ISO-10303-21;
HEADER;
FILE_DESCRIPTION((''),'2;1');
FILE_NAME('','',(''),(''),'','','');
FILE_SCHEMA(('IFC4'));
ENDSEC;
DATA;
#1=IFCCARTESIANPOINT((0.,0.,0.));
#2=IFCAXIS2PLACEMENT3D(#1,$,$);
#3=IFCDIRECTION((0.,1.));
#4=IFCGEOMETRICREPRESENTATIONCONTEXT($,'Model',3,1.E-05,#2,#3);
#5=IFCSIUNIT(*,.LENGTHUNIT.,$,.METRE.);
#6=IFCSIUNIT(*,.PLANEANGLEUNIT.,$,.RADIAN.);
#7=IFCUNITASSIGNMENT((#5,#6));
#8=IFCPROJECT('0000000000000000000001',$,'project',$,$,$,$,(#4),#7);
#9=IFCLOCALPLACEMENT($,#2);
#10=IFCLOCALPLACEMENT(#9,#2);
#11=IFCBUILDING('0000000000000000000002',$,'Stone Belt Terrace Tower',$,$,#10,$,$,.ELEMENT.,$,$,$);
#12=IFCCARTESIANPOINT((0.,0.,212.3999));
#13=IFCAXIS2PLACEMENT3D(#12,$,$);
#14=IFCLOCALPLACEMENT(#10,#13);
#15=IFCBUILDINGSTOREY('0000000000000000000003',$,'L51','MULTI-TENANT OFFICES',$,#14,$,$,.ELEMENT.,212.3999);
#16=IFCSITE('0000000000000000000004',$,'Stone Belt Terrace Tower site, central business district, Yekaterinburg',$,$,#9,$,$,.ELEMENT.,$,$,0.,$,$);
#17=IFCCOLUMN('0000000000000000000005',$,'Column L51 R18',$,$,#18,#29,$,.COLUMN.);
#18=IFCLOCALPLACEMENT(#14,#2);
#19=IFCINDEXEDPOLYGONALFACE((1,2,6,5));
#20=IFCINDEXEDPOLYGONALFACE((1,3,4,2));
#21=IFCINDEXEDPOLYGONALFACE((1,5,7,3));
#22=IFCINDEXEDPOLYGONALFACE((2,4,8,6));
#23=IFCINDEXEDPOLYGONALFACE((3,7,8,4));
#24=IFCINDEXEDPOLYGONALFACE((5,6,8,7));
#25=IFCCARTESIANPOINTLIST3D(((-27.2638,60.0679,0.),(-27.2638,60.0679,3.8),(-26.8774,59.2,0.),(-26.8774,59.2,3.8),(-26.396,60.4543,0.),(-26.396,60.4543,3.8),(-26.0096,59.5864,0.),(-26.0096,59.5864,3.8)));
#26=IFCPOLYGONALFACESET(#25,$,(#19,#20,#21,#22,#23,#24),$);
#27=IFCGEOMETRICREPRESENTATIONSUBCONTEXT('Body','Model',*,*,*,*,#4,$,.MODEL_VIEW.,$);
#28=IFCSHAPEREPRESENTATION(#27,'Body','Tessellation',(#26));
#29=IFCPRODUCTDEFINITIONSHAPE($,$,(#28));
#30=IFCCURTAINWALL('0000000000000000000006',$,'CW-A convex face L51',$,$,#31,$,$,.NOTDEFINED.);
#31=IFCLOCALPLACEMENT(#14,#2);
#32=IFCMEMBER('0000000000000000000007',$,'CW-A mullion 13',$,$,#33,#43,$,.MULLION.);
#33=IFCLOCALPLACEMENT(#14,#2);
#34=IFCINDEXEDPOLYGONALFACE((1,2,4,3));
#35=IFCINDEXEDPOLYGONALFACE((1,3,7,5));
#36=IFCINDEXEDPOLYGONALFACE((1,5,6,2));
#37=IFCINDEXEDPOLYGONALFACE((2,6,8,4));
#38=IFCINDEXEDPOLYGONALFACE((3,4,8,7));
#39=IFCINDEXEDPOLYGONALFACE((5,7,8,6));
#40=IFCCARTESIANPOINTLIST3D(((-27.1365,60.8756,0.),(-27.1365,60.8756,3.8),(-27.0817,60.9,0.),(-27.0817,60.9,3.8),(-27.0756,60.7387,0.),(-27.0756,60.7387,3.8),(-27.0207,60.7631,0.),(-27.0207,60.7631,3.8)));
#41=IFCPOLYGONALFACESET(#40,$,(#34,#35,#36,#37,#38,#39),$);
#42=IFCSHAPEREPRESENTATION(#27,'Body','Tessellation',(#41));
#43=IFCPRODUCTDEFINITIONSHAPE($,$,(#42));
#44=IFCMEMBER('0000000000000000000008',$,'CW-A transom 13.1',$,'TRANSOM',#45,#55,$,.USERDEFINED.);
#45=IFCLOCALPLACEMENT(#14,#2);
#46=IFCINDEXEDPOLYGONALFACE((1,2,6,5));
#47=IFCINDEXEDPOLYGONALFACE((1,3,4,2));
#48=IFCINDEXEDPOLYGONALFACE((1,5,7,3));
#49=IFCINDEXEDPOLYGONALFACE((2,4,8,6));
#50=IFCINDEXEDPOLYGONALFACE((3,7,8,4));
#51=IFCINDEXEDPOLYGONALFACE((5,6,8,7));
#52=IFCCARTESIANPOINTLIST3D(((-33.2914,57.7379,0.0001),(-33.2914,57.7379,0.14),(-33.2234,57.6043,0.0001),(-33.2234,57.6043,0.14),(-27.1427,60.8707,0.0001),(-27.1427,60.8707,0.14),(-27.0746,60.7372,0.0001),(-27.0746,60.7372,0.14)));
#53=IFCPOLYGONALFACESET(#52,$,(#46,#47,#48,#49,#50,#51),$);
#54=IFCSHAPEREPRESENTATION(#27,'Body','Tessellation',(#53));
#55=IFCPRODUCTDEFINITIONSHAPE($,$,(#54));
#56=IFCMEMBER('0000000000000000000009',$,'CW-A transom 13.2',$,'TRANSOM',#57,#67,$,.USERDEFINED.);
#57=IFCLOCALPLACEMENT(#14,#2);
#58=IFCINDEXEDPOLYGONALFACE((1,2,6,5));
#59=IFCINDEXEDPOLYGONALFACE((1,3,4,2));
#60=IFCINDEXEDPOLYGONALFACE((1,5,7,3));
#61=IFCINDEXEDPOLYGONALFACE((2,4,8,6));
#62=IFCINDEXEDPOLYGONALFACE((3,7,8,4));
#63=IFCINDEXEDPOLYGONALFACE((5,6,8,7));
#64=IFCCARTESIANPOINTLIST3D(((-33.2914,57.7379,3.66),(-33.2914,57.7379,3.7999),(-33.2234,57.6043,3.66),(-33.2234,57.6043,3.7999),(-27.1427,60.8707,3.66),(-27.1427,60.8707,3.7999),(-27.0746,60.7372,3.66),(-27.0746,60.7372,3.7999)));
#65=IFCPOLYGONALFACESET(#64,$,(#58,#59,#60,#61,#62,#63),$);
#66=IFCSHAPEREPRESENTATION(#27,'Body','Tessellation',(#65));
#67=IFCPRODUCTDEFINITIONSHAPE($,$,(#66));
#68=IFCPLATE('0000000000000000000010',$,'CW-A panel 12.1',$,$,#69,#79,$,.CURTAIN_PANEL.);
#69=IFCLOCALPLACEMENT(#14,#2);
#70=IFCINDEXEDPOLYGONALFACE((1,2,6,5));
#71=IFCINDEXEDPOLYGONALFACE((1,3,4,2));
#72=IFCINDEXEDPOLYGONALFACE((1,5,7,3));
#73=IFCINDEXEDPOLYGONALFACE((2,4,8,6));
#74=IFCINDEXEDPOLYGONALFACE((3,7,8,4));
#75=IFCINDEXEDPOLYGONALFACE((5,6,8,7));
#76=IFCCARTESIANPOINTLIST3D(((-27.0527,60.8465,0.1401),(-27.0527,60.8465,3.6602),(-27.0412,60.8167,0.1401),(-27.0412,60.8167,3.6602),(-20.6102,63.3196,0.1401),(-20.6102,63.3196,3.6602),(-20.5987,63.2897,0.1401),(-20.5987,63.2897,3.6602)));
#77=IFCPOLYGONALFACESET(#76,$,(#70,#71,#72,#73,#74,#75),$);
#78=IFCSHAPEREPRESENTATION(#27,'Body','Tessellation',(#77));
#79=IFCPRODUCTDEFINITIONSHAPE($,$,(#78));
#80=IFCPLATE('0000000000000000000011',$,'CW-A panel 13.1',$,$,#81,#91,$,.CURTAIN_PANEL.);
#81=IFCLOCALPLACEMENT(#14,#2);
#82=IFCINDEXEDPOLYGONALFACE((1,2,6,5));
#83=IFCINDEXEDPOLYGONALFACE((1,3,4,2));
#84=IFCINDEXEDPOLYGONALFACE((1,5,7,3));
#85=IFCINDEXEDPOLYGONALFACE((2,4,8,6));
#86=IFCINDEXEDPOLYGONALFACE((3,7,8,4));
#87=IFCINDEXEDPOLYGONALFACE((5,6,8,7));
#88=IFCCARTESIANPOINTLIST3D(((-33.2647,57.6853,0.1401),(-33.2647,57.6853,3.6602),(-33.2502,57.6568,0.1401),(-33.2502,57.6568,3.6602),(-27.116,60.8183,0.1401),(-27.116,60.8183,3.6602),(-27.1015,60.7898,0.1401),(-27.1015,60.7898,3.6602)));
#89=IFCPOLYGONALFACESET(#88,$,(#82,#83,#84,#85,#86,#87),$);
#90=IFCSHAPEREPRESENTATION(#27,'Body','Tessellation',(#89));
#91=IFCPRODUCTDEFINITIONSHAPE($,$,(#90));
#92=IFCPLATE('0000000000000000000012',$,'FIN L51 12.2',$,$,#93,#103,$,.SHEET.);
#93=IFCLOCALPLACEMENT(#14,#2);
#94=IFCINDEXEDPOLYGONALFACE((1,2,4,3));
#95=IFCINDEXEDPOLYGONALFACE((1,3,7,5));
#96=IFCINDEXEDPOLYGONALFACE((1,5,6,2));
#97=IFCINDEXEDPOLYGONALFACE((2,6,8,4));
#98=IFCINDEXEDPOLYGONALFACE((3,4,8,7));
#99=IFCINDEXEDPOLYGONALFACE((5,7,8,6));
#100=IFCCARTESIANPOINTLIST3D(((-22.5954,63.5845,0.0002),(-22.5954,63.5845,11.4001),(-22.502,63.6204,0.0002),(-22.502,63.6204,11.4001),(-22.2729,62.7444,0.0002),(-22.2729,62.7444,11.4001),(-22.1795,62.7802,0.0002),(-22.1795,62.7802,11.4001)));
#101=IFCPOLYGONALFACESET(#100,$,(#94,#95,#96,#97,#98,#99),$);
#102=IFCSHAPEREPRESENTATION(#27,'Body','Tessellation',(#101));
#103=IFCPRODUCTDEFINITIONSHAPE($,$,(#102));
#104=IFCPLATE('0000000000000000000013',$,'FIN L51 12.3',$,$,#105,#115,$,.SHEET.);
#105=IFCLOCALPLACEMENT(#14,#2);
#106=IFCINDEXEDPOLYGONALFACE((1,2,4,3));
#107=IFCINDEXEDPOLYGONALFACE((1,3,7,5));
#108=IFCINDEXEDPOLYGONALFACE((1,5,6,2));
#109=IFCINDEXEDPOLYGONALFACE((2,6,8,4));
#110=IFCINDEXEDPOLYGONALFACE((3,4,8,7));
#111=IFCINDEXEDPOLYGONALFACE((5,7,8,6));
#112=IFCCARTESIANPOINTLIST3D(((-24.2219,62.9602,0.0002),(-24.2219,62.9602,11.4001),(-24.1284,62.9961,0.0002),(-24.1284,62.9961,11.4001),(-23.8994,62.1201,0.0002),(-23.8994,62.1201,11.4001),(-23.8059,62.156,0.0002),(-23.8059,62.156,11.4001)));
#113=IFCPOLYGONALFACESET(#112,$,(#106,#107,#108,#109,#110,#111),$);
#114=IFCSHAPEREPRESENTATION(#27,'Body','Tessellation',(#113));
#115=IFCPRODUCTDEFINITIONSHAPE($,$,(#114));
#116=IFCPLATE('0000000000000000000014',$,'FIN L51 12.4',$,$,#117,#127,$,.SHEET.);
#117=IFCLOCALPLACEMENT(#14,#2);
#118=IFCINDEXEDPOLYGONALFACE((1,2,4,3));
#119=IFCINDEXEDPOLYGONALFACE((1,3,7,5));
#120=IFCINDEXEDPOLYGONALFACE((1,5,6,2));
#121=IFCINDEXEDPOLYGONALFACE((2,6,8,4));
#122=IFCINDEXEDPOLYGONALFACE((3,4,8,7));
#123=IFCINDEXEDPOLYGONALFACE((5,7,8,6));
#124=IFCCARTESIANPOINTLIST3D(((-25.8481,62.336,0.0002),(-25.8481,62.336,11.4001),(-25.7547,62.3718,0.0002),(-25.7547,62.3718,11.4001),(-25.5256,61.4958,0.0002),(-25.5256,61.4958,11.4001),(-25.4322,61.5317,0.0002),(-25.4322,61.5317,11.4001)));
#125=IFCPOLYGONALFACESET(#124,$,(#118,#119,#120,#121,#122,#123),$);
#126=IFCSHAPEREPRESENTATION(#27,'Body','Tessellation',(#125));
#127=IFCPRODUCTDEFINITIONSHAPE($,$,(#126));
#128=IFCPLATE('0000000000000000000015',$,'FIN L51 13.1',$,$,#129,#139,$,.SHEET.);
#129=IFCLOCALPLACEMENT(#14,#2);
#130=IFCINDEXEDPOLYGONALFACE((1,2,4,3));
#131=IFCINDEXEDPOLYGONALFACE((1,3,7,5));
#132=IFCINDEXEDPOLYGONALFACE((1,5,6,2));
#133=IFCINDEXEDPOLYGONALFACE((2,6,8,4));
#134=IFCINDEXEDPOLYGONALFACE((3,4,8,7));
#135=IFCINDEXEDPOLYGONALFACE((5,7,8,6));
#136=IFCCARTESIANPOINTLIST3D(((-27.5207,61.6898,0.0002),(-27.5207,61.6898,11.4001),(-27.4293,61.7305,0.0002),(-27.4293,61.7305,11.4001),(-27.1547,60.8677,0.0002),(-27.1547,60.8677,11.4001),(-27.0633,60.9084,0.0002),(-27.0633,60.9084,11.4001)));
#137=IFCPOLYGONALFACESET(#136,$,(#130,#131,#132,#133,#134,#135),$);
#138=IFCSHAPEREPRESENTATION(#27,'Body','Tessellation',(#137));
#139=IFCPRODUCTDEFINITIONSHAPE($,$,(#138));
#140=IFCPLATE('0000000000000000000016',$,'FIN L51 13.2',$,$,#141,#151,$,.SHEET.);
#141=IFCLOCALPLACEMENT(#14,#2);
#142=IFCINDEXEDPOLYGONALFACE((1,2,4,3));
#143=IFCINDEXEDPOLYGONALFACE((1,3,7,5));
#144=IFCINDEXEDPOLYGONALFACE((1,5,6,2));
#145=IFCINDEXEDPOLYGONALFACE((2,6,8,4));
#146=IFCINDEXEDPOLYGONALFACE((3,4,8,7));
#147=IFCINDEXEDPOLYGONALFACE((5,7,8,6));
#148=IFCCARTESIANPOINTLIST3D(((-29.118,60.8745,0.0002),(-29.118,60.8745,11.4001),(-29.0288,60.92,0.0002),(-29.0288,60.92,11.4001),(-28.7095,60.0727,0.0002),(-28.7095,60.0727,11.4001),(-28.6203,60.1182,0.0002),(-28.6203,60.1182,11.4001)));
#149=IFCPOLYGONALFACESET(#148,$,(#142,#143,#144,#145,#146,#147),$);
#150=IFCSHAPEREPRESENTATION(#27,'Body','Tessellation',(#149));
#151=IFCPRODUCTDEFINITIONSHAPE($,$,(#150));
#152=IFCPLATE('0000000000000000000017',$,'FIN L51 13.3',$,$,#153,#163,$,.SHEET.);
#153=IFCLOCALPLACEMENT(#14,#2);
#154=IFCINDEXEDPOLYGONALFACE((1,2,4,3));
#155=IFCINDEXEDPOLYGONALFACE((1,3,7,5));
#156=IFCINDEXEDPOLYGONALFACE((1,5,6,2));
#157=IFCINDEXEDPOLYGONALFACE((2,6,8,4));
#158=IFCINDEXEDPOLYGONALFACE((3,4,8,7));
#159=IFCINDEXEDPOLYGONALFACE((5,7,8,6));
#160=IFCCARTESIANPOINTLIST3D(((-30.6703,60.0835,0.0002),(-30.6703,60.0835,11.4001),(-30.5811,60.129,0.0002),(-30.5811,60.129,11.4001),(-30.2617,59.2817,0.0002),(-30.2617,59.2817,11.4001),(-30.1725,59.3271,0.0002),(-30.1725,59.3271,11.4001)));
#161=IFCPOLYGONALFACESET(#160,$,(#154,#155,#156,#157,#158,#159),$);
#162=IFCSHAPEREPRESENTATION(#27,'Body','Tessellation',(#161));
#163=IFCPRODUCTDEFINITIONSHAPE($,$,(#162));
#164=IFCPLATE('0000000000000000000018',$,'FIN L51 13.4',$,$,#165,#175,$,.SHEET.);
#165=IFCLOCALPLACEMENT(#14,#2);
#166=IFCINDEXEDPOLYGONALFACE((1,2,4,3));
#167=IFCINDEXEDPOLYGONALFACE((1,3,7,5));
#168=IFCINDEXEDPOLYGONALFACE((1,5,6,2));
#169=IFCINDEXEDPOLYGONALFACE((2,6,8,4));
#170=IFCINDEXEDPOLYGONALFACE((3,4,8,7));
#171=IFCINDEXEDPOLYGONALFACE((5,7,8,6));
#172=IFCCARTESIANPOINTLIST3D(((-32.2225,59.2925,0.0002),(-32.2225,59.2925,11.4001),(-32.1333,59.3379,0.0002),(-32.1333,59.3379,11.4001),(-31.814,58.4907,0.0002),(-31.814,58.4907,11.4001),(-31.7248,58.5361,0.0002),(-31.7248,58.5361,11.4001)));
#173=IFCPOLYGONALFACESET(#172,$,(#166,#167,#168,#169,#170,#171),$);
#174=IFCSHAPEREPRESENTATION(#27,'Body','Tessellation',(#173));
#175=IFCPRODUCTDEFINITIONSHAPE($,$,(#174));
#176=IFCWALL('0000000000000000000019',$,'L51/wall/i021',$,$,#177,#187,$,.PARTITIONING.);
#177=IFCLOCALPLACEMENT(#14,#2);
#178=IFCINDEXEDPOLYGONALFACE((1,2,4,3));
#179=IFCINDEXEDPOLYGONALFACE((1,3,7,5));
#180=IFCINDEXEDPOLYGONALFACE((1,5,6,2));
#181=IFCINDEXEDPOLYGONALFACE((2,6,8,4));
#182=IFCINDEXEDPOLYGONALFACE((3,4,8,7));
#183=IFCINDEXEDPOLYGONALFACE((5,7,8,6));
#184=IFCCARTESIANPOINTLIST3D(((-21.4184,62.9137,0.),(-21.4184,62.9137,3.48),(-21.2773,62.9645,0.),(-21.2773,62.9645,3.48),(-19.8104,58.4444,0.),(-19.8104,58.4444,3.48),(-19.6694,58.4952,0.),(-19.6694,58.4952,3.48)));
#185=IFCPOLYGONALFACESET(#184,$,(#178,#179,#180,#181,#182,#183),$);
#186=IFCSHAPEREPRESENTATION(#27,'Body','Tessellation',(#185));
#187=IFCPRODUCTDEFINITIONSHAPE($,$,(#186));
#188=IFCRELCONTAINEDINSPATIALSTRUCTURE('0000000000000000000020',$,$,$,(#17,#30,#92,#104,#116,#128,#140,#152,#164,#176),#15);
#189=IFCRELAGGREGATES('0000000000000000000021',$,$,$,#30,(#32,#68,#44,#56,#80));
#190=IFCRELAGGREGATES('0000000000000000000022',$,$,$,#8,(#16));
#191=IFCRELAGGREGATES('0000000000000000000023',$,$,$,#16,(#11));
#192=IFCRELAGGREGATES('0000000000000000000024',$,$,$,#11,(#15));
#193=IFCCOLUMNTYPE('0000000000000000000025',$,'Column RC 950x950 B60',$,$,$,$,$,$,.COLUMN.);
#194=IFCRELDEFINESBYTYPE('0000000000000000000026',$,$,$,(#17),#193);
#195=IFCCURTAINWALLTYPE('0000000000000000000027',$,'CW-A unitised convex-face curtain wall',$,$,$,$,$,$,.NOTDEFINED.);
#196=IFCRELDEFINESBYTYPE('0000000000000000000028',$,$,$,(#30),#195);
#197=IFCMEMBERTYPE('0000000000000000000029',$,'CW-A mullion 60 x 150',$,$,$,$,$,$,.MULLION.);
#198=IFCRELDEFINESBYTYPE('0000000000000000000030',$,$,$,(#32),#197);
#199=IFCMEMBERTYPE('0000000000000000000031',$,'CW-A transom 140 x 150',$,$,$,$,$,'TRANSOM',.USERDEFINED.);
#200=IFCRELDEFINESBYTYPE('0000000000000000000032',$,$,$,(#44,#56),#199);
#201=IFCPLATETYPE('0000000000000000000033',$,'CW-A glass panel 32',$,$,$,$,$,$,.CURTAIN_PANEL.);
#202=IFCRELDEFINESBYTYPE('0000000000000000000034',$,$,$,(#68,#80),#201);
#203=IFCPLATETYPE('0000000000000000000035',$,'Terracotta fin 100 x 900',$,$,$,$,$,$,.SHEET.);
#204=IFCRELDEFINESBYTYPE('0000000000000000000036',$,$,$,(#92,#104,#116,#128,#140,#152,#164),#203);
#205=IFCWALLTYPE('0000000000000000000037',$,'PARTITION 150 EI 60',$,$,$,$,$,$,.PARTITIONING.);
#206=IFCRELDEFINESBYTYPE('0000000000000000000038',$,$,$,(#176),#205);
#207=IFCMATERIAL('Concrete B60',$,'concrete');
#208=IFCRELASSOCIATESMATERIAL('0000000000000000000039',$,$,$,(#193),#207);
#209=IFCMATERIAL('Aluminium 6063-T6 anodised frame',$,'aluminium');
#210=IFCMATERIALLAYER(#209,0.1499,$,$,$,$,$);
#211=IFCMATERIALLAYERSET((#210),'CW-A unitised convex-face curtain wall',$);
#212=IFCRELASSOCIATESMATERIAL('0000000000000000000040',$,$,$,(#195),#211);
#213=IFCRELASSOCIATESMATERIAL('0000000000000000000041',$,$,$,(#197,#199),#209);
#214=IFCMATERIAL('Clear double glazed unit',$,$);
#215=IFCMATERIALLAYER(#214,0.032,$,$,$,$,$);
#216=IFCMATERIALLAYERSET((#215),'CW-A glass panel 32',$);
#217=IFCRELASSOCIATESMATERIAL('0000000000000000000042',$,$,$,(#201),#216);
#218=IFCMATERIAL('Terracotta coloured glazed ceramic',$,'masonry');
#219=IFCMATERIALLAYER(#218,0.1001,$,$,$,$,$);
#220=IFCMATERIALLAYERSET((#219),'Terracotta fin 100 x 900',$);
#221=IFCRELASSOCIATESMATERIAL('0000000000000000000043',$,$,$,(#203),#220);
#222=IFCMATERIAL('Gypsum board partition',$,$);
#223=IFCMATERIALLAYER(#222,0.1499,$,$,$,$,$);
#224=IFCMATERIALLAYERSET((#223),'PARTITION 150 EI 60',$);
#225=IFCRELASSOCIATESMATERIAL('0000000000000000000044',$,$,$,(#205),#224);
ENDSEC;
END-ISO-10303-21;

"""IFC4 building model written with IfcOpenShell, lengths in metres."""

from ifc_helpers import new_model, si_unit, direction, frame, frame_2d, origin, origin_2d, place, context, subcontext, project, spatial, rectangle, extrude, material, layer, layer_set, material_profile, profile_set, type_object, element, aggregate, save


model = new_model("IFC4")

# Units and contexts
model_context = context("Model", 3, precision=1e-05, world=origin(), true_north=direction((0.0, 1.0)))
body_context = subcontext(model_context, "Body", "Model", "MODEL_VIEW")
ifc_project = project(units=[si_unit("LENGTHUNIT", "METRE"), si_unit("PLANEANGLEUNIT", "RADIAN")], contexts=[model_context])

# Site, building, storey
site_placement = place(None, origin())
site = spatial("IfcSite", under=ifc_project, at=site_placement, Name="Stone Belt Terrace Tower site, central business district, Yekaterinburg", CompositionType="ELEMENT", RefElevation=0.0)
building_placement = place(site_placement, origin())
building = spatial("IfcBuilding", under=site, at=building_placement, Name="Stone Belt Terrace Tower", CompositionType="ELEMENT")
storey_placement = place(building_placement, frame((0.0, 0.0, 212.3999)))
storey = spatial("IfcBuildingStorey", under=building, at=storey_placement, Name="L51", Description="MULTI-TENANT OFFICES", CompositionType="ELEMENT", Elevation=212.3999)

# Column
ifc_material_1 = material(Name="Concrete B60", Category="concrete")
ifc_material_profile_1 = material_profile(ifc_material_1, rectangle(XDim=0.95, YDim=0.95, at=origin_2d()), Name="RC 950x950")
ifc_profile_set_1 = profile_set([ifc_material_profile_1], Name="Concrete B60")
column_type = type_object("IfcColumnType", Name="Column RC 950x950 B60", PredefinedType="COLUMN", material=ifc_profile_set_1)
column_placement = place(storey_placement, frame((-26.6367, 59.8271, 0.0), z_axis=(0.0, 0.0, 1.0), x_axis=(0.913545, 0.406737, 0.0)))
element("IfcColumn", 1, at=column_placement, inside=storey, type_object=column_type, Name="Column L51 R18", PredefinedType="COLUMN", context=body_context, shape_type="SweptSolid", body=[
    extrude(rectangle(XDim=0.95, YDim=0.95, at=origin_2d()), origin(), (0.0, 0.0, 1.0), 3.8),
])

# Curtain wall, members, plates
ifc_material_2 = material(Name="Aluminium 6063-T6 anodised frame", Category="aluminium")
ifc_layer_1 = layer(ifc_material_2, 0.1499)
ifc_layer_set_1 = layer_set([ifc_layer_1], Name="CW-A unitised convex-face curtain wall")
curtain_wall_type = type_object("IfcCurtainWallType", Name="CW-A unitised convex-face curtain wall", PredefinedType="NOTDEFINED", material=ifc_layer_set_1)
curtain_wall_placement = place(storey_placement, origin())
curtain_wall = element("IfcCurtainWall", 2, at=curtain_wall_placement, inside=storey, type_object=curtain_wall_type, Name="CW-A convex face L51", PredefinedType="NOTDEFINED")
ifc_material_profile_2 = material_profile(ifc_material_2, rectangle(XDim=0.1499, YDim=0.0601, at=origin_2d()), Name="Aluminium 6063-T6 60x150")
ifc_profile_set_2 = profile_set([ifc_material_profile_2], Name="Aluminium 6063-T6 anodised frame")
member_type_1 = type_object("IfcMemberType", Name="CW-A mullion 60 x 150", PredefinedType="MULLION", material=ifc_profile_set_2)
member_1_placement = place(storey_placement, frame((-27.0786, 60.8193, 0.0), z_axis=(0.0, 0.0, 1.0), x_axis=(0.406737, -0.913545, 0.0)))
member_1 = element("IfcMember", 3, at=member_1_placement, type_object=member_type_1, Name="CW-A mullion 13", PredefinedType="MULLION", context=body_context, shape_type="SweptSolid", body=[
    extrude(rectangle(XDim=0.1499, YDim=0.0601, at=origin_2d()), origin(), (0.0, 0.0, 1.0), 3.8),
])
ifc_material_profile_3 = material_profile(ifc_material_2, rectangle(XDim=0.1499, YDim=0.1399, at=origin_2d()), Name="Aluminium 6063-T6 150x140")
ifc_profile_set_3 = profile_set([ifc_material_profile_3], Name="Aluminium 6063-T6 anodised frame")
member_type_2 = type_object("IfcMemberType", Name="CW-A transom 140 x 150", ElementType="TRANSOM", PredefinedType="USERDEFINED", material=ifc_profile_set_3)
member_2_placement = place(storey_placement, frame((-27.1086, 60.804, 0.0701), z_axis=(-0.891012, -0.453979, 0.0), x_axis=(0.453979, -0.891012, 0.0)))
member_2 = element("IfcMember", 4, at=member_2_placement, type_object=member_type_2, Name="CW-A transom 13.1", ObjectType="TRANSOM", PredefinedType="USERDEFINED", context=body_context, shape_type="SweptSolid", body=[
    extrude(rectangle(XDim=0.1499, YDim=0.1399, at=origin_2d()), origin(), (0.0, 0.0, 1.0), 6.9009),
])
member_3_placement = place(storey_placement, frame((-27.1086, 60.804, 3.73), z_axis=(-0.891012, -0.453979, 0.0), x_axis=(0.453979, -0.891012, 0.0)))
member_3 = element("IfcMember", 5, at=member_3_placement, type_object=member_type_2, Name="CW-A transom 13.2", ObjectType="TRANSOM", PredefinedType="USERDEFINED", context=body_context, shape_type="SweptSolid", body=[
    extrude(rectangle(XDim=0.1499, YDim=0.1399, at=origin_2d()), origin(), (0.0, 0.0, 1.0), 6.9009),
])
ifc_material_3 = material(Name="Clear double glazed unit")
ifc_layer_2 = layer(ifc_material_3, 0.032)
ifc_layer_set_2 = layer_set([ifc_layer_2], Name="CW-A glass panel 32")
plate_type_1 = type_object("IfcPlateType", Name="CW-A glass panel 32", PredefinedType="CURTAIN_PANEL", material=ifc_layer_set_2)
plate_1_placement = place(storey_placement, frame((-23.8257, 62.0681, 0.1401), z_axis=(0.0, 0.0, 1.0), x_axis=(-0.93358, -0.358368, 0.0)))
plate_1 = element("IfcPlate", 6, at=plate_1_placement, type_object=plate_type_1, Name="CW-A panel 12.1", PredefinedType="CURTAIN_PANEL", context=body_context, shape_type="SweptSolid", body=[
    extrude(rectangle(XDim=6.9009, YDim=0.032, at=origin_2d()), origin(), (0.0, 0.0, 1.0), 3.52),
])
plate_2_placement = place(storey_placement, frame((-30.1831, 59.2375, 0.1401), z_axis=(0.0, 0.0, 1.0), x_axis=(-0.891007, -0.45399, 0.0)))
plate_2 = element("IfcPlate", 7, at=plate_2_placement, type_object=plate_type_1, Name="CW-A panel 13.1", PredefinedType="CURTAIN_PANEL", context=body_context, shape_type="SweptSolid", body=[
    extrude(rectangle(XDim=6.9009, YDim=0.032, at=origin_2d()), origin(), (0.0, 0.0, 1.0), 3.52),
])
aggregate(curtain_wall, [member_1, plate_1, member_2, member_3, plate_2])

# Plates
ifc_material_4 = material(Name="Terracotta coloured glazed ceramic", Category="masonry")
ifc_layer_3 = layer(ifc_material_4, 0.1001)
ifc_layer_set_3 = layer_set([ifc_layer_3], Name="Terracotta fin 100 x 900")
plate_type_2 = type_object("IfcPlateType", Name="Terracotta fin 100 x 900", PredefinedType="SHEET", material=ifc_layer_set_3)
for number, where, z_axis, x_axis, name in (
    (8, (-22.3875, 63.1824, 0.0002), (0.0, 0.0, 1.0), (-0.358368, 0.93358, 0.0), "FIN L51 12.2"),
    (9, (-24.0139, 62.5581, 0.0002), (0.0, 0.0, 1.0), (-0.358368, 0.93358, 0.0), "FIN L51 12.3"),
    (10, (-25.6401, 61.9338, 0.0002), (0.0, 0.0, 1.0), (-0.358368, 0.93358, 0.0), "FIN L51 12.4"),
    (11, (-27.292, 61.2991, 0.0002), (0.0, 0.0, 1.0), (-0.406737, 0.913545, 0.0), "FIN L51 13.1"),
    (12, (-28.8691, 60.4963, 0.0002), (0.0, 0.0, 1.0), (-0.45399, 0.891007, 0.0), "FIN L51 13.2"),
    (13, (-30.4214, 59.7053, 0.0002), (0.0, 0.0, 1.0), (-0.45399, 0.891007, 0.0), "FIN L51 13.3"),
    (14, (-31.9736, 58.9143, 0.0002), (0.0, 0.0, 1.0), (-0.45399, 0.891007, 0.0), "FIN L51 13.4"),
):
    element("IfcPlate", number, at=place(storey_placement, frame(where, z_axis=z_axis, x_axis=x_axis)), inside=storey, type_object=plate_type_2, Name=name, PredefinedType="SHEET", context=body_context, shape_type="SweptSolid", body=[
        extrude(rectangle(XDim=0.8999, YDim=0.1001, at=origin_2d()), origin(), (0.0, 0.0, 1.0), 11.3999),
    ])

# Wall
ifc_material_5 = material(Name="Gypsum board partition")
ifc_layer_4 = layer(ifc_material_5, 0.1499)
ifc_layer_set_4 = layer_set([ifc_layer_4], Name="PARTITION 150 EI 60")
wall_type = type_object("IfcWallType", Name="PARTITION 150 EI 60", PredefinedType="PARTITIONING", material=ifc_layer_set_4)
wall_placement = place(storey_placement, frame((-21.3479, 62.9392, 0.0), z_axis=(0.0, 0.0, 1.0), x_axis=(0.33853, -0.940956, 0.0)))
element("IfcWall", 15, at=wall_placement, inside=storey, type_object=wall_type, Name="L51/wall/i021", PredefinedType="PARTITIONING", context=body_context, shape_type="SweptSolid", body=[
    extrude(rectangle(XDim=4.7498, YDim=0.1499, at=frame_2d((2.375, 0.0))), origin(), (0.0, 0.0, 1.0), 3.48),
])

save(model, "model.ifc")
